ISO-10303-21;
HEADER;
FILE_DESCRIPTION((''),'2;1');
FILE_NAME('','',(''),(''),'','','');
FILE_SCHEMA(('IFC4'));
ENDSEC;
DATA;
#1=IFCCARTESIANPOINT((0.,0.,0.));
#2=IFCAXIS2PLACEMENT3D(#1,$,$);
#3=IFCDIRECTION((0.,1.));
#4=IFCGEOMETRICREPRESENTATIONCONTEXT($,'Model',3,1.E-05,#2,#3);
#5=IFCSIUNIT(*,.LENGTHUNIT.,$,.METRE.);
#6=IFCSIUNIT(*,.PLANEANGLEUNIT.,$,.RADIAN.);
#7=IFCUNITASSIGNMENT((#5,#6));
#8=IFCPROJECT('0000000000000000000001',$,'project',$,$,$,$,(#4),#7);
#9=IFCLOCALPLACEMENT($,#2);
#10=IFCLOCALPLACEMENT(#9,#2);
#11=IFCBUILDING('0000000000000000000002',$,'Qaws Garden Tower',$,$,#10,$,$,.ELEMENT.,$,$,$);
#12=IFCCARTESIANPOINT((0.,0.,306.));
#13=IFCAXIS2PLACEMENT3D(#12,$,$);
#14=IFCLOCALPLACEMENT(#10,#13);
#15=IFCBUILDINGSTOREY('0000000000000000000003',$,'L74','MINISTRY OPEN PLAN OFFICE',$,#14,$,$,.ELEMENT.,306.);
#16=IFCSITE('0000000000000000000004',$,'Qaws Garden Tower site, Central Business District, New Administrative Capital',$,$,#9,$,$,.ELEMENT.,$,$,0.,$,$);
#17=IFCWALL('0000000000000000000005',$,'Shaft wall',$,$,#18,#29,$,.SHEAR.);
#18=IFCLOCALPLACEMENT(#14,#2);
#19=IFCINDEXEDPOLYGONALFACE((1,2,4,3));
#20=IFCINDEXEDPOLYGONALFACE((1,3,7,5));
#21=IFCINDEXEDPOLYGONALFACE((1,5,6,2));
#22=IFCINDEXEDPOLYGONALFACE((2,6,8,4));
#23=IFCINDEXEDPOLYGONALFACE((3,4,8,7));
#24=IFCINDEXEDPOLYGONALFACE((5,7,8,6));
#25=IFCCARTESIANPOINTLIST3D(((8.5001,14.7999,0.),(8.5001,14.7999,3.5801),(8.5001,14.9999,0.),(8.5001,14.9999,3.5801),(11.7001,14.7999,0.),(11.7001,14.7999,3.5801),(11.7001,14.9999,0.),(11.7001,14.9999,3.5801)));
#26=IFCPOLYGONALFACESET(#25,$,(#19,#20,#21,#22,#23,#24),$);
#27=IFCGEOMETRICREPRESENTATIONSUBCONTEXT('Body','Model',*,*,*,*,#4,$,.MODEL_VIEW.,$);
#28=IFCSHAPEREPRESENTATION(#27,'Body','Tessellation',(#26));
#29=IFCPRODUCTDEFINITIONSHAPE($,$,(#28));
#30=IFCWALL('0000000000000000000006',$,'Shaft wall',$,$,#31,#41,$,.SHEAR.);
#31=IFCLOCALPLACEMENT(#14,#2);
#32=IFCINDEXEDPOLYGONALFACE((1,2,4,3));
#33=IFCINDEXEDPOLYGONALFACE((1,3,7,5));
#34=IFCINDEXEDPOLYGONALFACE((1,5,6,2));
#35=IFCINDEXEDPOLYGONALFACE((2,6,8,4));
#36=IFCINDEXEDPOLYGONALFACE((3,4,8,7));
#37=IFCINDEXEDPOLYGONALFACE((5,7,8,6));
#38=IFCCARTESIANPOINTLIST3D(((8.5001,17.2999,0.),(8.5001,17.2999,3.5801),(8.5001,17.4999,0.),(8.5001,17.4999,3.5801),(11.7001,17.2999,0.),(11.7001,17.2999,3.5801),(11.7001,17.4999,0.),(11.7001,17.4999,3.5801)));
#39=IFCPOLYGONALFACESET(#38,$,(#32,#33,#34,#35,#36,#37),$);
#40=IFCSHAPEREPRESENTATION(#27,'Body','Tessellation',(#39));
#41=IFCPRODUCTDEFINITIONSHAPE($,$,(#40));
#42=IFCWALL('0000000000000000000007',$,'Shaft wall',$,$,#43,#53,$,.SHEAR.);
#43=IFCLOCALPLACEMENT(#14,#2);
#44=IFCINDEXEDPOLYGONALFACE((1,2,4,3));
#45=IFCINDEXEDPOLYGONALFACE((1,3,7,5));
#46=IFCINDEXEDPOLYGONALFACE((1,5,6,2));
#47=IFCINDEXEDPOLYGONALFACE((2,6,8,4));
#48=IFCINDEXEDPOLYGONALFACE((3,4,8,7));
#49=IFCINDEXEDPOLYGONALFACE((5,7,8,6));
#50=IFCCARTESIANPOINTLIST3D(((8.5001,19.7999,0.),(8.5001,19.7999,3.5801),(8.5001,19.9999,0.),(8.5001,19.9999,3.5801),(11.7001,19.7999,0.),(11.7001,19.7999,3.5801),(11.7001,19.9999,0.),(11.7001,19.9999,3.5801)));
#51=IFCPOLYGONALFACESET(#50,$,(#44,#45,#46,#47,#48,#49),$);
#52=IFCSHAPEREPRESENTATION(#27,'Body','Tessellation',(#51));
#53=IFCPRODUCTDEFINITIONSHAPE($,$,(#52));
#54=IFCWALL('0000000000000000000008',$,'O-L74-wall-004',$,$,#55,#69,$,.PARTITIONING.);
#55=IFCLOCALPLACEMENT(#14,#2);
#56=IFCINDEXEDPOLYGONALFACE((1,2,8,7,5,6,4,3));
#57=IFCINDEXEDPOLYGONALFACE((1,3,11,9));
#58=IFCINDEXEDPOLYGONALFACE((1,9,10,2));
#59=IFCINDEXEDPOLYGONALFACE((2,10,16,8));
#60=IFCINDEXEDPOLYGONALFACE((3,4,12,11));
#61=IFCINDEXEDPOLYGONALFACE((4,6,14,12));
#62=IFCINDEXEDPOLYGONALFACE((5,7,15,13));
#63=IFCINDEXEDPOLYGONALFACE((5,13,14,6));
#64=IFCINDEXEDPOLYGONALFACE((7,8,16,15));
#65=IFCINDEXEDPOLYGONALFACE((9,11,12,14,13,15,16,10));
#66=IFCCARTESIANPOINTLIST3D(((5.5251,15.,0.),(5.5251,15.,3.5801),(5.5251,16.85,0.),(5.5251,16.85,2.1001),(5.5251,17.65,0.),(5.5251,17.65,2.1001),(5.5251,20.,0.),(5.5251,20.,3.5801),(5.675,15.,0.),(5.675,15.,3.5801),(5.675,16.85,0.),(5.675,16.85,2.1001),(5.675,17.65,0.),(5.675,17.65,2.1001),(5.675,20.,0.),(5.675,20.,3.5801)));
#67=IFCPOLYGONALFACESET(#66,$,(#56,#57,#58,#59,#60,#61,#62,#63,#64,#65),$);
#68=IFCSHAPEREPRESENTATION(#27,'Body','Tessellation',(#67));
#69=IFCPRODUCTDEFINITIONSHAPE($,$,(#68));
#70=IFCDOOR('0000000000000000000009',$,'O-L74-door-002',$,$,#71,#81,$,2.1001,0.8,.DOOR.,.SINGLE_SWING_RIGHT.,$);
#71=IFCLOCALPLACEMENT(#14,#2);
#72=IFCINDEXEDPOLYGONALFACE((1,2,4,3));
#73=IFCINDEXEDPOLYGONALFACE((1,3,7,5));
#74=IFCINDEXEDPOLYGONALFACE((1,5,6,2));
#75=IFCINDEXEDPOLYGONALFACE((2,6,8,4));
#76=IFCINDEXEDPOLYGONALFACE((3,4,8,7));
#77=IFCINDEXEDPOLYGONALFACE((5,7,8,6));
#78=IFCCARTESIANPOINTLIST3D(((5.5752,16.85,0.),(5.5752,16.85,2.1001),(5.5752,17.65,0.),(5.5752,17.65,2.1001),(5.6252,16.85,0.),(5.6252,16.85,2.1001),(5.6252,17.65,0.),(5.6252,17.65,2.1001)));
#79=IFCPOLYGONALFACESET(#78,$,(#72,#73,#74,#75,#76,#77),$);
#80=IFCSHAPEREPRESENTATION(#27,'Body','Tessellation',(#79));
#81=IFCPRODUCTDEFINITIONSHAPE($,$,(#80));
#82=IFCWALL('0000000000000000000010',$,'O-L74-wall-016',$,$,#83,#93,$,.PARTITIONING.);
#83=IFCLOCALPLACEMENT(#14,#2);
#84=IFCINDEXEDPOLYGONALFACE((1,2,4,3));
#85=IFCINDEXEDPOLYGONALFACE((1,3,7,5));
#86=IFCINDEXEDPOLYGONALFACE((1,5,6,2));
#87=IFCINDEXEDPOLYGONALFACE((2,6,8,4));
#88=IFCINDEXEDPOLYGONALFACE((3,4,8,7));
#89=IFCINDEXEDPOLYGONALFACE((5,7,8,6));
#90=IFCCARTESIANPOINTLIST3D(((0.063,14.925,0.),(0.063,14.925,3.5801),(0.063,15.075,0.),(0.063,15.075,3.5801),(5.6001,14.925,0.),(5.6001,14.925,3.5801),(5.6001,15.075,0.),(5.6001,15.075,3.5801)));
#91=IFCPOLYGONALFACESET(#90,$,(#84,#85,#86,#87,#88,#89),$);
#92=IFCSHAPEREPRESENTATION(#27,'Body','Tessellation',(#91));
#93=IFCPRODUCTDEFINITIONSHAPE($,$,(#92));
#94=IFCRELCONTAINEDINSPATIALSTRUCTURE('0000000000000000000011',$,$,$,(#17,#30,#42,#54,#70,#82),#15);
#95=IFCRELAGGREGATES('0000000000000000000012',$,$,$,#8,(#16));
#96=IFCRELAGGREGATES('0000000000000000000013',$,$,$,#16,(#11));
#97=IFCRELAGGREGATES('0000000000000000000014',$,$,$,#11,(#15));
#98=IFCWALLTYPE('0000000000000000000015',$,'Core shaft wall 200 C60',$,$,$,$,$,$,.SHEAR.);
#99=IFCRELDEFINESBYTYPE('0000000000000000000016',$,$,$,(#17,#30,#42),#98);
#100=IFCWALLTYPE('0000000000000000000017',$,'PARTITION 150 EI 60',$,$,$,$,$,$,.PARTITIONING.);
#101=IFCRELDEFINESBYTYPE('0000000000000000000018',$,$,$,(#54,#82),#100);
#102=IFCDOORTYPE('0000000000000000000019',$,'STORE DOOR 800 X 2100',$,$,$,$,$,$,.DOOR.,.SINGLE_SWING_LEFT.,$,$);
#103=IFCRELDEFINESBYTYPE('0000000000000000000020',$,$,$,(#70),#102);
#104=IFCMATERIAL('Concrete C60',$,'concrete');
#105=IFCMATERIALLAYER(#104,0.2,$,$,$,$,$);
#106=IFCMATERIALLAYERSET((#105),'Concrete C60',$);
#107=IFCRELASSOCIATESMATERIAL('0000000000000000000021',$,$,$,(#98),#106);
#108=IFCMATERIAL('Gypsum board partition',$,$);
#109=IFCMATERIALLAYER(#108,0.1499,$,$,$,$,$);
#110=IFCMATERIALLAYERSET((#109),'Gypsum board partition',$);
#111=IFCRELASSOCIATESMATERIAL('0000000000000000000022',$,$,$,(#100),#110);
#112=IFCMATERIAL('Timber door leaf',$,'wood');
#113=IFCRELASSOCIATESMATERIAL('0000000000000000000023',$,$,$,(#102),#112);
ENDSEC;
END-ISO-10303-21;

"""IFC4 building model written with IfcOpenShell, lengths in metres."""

from ifc_helpers import new_model, si_unit, direction, frame, frame_2d, origin, place, context, subcontext, project, spatial, rectangle, extrude, material, layer, layer_set, type_object, element, fill, save


model = new_model("IFC4")

# Units and contexts
model_context = context("Model", 3, precision=1e-05, world=origin(), true_north=direction((0.0, 1.0)))
body_context = subcontext(model_context, "Body", "Model", "MODEL_VIEW")
ifc_project = project(units=[si_unit("LENGTHUNIT", "METRE"), si_unit("PLANEANGLEUNIT", "RADIAN")], contexts=[model_context])

# Site, building, storey
site_placement = place(None, origin())
site = spatial("IfcSite", under=ifc_project, at=site_placement, Name="Qaws Garden Tower site, Central Business District, New Administrative Capital", CompositionType="ELEMENT", RefElevation=0.0)
building_placement = place(site_placement, origin())
building = spatial("IfcBuilding", under=site, at=building_placement, Name="Qaws Garden Tower", CompositionType="ELEMENT")
storey_placement = place(building_placement, frame((0.0, 0.0, 306.0)))
storey = spatial("IfcBuildingStorey", under=building, at=storey_placement, Name="L74", Description="MINISTRY OPEN PLAN OFFICE", CompositionType="ELEMENT", Elevation=306.0)

# Walls
ifc_material_1 = material(Name="Concrete C60", Category="concrete")
ifc_layer_1 = layer(ifc_material_1, 0.2)
ifc_layer_set_1 = layer_set([ifc_layer_1], Name="Concrete C60")
wall_type_1 = type_object("IfcWallType", Name="Core shaft wall 200 C60", PredefinedType="SHEAR", material=ifc_layer_set_1)
for number, where, z_axis, x_axis, name in (
    (1, (8.5, 14.8999, 0.0), (0.0, 0.0, 1.0), (1.0, 0.0, 0.0), "Shaft wall"),
    (2, (8.5, 17.3999, 0.0), (0.0, 0.0, 1.0), (1.0, 0.0, 0.0), "Shaft wall"),
    (3, (8.5, 19.8999, 0.0), (0.0, 0.0, 1.0), (1.0, 0.0, 0.0), "Shaft wall"),
):
    element("IfcWall", number, at=place(storey_placement, frame(where, z_axis=z_axis, x_axis=x_axis)), inside=storey, type_object=wall_type_1, Name=name, PredefinedType="SHEAR", context=body_context, shape_type="SweptSolid", body=[
        extrude(rectangle(XDim=3.2, YDim=0.2, at=frame_2d((1.6001, 0.0))), origin(), (0.0, 0.0, 1.0), 3.5801),
    ])

# Wall, opening, door
ifc_material_2 = material(Name="Gypsum board partition")
ifc_layer_2 = layer(ifc_material_2, 0.1499)
ifc_layer_set_2 = layer_set([ifc_layer_2], Name="Gypsum board partition")
wall_type_2 = type_object("IfcWallType", Name="PARTITION 150 EI 60", PredefinedType="PARTITIONING", material=ifc_layer_set_2)
wall_1_placement = place(storey_placement, frame((5.6001, 15.0, 0.0), z_axis=(0.0, 0.0, 1.0), x_axis=(0.0, 1.0, 0.0)))
wall_1 = element("IfcWall", 4, at=wall_1_placement, inside=storey, type_object=wall_type_2, Name="O-L74-wall-004", PredefinedType="PARTITIONING", context=body_context, shape_type="SweptSolid", body=[
    extrude(rectangle(XDim=5.0, YDim=0.1499, at=frame_2d((2.5, 0.0))), origin(), (0.0, 0.0, 1.0), 3.5801),
])
opening_1_placement = place(wall_1_placement, frame((1.8501, 0.0, 0.0)))
opening_1 = element("IfcOpeningElement", 5, at=opening_1_placement, cuts=wall_1, PredefinedType="OPENING", context=body_context, shape_type="SweptSolid", body=[
    extrude(rectangle(XDim=0.8, YDim=2.1001, at=frame_2d((0.3999, 1.05))), frame((0.0, 0.085, 0.0), z_axis=(0.0, -1.0, 0.0), x_axis=(1.0, 0.0, 0.0)), (0.0, 0.0, 1.0), 0.1699),
])
ifc_material_3 = material(Name="Timber door leaf", Category="wood")
door_type = type_object("IfcDoorType", Name="STORE DOOR 800 X 2100", OperationType="SINGLE_SWING_LEFT", PredefinedType="DOOR", material=ifc_material_3)
door_placement = place(opening_1_placement, origin())
door = element("IfcDoor", 6, at=door_placement, inside=storey, type_object=door_type, Name="O-L74-door-002", OperationType="SINGLE_SWING_RIGHT", OverallHeight=2.1001, OverallWidth=0.8, PredefinedType="DOOR", context=body_context, shape_type="SweptSolid", body=[
    extrude(rectangle(XDim=0.8, YDim=2.1001, at=frame_2d((0.3999, 1.05))), frame((0.0, 0.0249, 0.0), z_axis=(0.0, -1.0, 0.0), x_axis=(1.0, 0.0, 0.0)), (0.0, 0.0, 1.0), 0.05),
])
fill(opening_1, door)

# Wall
wall_2_placement = place(storey_placement, frame((0.063, 15.0, 0.0), z_axis=(0.0, 0.0, 1.0), x_axis=(1.0, 0.0, 0.0)))
element("IfcWall", 7, at=wall_2_placement, inside=storey, type_object=wall_type_2, Name="O-L74-wall-016", PredefinedType="PARTITIONING", context=body_context, shape_type="SweptSolid", body=[
    extrude(rectangle(XDim=5.5371, YDim=0.1499, at=frame_2d((2.7686, 0.0))), origin(), (0.0, 0.0, 1.0), 3.5801),
])

save(model, "model.ifc")
